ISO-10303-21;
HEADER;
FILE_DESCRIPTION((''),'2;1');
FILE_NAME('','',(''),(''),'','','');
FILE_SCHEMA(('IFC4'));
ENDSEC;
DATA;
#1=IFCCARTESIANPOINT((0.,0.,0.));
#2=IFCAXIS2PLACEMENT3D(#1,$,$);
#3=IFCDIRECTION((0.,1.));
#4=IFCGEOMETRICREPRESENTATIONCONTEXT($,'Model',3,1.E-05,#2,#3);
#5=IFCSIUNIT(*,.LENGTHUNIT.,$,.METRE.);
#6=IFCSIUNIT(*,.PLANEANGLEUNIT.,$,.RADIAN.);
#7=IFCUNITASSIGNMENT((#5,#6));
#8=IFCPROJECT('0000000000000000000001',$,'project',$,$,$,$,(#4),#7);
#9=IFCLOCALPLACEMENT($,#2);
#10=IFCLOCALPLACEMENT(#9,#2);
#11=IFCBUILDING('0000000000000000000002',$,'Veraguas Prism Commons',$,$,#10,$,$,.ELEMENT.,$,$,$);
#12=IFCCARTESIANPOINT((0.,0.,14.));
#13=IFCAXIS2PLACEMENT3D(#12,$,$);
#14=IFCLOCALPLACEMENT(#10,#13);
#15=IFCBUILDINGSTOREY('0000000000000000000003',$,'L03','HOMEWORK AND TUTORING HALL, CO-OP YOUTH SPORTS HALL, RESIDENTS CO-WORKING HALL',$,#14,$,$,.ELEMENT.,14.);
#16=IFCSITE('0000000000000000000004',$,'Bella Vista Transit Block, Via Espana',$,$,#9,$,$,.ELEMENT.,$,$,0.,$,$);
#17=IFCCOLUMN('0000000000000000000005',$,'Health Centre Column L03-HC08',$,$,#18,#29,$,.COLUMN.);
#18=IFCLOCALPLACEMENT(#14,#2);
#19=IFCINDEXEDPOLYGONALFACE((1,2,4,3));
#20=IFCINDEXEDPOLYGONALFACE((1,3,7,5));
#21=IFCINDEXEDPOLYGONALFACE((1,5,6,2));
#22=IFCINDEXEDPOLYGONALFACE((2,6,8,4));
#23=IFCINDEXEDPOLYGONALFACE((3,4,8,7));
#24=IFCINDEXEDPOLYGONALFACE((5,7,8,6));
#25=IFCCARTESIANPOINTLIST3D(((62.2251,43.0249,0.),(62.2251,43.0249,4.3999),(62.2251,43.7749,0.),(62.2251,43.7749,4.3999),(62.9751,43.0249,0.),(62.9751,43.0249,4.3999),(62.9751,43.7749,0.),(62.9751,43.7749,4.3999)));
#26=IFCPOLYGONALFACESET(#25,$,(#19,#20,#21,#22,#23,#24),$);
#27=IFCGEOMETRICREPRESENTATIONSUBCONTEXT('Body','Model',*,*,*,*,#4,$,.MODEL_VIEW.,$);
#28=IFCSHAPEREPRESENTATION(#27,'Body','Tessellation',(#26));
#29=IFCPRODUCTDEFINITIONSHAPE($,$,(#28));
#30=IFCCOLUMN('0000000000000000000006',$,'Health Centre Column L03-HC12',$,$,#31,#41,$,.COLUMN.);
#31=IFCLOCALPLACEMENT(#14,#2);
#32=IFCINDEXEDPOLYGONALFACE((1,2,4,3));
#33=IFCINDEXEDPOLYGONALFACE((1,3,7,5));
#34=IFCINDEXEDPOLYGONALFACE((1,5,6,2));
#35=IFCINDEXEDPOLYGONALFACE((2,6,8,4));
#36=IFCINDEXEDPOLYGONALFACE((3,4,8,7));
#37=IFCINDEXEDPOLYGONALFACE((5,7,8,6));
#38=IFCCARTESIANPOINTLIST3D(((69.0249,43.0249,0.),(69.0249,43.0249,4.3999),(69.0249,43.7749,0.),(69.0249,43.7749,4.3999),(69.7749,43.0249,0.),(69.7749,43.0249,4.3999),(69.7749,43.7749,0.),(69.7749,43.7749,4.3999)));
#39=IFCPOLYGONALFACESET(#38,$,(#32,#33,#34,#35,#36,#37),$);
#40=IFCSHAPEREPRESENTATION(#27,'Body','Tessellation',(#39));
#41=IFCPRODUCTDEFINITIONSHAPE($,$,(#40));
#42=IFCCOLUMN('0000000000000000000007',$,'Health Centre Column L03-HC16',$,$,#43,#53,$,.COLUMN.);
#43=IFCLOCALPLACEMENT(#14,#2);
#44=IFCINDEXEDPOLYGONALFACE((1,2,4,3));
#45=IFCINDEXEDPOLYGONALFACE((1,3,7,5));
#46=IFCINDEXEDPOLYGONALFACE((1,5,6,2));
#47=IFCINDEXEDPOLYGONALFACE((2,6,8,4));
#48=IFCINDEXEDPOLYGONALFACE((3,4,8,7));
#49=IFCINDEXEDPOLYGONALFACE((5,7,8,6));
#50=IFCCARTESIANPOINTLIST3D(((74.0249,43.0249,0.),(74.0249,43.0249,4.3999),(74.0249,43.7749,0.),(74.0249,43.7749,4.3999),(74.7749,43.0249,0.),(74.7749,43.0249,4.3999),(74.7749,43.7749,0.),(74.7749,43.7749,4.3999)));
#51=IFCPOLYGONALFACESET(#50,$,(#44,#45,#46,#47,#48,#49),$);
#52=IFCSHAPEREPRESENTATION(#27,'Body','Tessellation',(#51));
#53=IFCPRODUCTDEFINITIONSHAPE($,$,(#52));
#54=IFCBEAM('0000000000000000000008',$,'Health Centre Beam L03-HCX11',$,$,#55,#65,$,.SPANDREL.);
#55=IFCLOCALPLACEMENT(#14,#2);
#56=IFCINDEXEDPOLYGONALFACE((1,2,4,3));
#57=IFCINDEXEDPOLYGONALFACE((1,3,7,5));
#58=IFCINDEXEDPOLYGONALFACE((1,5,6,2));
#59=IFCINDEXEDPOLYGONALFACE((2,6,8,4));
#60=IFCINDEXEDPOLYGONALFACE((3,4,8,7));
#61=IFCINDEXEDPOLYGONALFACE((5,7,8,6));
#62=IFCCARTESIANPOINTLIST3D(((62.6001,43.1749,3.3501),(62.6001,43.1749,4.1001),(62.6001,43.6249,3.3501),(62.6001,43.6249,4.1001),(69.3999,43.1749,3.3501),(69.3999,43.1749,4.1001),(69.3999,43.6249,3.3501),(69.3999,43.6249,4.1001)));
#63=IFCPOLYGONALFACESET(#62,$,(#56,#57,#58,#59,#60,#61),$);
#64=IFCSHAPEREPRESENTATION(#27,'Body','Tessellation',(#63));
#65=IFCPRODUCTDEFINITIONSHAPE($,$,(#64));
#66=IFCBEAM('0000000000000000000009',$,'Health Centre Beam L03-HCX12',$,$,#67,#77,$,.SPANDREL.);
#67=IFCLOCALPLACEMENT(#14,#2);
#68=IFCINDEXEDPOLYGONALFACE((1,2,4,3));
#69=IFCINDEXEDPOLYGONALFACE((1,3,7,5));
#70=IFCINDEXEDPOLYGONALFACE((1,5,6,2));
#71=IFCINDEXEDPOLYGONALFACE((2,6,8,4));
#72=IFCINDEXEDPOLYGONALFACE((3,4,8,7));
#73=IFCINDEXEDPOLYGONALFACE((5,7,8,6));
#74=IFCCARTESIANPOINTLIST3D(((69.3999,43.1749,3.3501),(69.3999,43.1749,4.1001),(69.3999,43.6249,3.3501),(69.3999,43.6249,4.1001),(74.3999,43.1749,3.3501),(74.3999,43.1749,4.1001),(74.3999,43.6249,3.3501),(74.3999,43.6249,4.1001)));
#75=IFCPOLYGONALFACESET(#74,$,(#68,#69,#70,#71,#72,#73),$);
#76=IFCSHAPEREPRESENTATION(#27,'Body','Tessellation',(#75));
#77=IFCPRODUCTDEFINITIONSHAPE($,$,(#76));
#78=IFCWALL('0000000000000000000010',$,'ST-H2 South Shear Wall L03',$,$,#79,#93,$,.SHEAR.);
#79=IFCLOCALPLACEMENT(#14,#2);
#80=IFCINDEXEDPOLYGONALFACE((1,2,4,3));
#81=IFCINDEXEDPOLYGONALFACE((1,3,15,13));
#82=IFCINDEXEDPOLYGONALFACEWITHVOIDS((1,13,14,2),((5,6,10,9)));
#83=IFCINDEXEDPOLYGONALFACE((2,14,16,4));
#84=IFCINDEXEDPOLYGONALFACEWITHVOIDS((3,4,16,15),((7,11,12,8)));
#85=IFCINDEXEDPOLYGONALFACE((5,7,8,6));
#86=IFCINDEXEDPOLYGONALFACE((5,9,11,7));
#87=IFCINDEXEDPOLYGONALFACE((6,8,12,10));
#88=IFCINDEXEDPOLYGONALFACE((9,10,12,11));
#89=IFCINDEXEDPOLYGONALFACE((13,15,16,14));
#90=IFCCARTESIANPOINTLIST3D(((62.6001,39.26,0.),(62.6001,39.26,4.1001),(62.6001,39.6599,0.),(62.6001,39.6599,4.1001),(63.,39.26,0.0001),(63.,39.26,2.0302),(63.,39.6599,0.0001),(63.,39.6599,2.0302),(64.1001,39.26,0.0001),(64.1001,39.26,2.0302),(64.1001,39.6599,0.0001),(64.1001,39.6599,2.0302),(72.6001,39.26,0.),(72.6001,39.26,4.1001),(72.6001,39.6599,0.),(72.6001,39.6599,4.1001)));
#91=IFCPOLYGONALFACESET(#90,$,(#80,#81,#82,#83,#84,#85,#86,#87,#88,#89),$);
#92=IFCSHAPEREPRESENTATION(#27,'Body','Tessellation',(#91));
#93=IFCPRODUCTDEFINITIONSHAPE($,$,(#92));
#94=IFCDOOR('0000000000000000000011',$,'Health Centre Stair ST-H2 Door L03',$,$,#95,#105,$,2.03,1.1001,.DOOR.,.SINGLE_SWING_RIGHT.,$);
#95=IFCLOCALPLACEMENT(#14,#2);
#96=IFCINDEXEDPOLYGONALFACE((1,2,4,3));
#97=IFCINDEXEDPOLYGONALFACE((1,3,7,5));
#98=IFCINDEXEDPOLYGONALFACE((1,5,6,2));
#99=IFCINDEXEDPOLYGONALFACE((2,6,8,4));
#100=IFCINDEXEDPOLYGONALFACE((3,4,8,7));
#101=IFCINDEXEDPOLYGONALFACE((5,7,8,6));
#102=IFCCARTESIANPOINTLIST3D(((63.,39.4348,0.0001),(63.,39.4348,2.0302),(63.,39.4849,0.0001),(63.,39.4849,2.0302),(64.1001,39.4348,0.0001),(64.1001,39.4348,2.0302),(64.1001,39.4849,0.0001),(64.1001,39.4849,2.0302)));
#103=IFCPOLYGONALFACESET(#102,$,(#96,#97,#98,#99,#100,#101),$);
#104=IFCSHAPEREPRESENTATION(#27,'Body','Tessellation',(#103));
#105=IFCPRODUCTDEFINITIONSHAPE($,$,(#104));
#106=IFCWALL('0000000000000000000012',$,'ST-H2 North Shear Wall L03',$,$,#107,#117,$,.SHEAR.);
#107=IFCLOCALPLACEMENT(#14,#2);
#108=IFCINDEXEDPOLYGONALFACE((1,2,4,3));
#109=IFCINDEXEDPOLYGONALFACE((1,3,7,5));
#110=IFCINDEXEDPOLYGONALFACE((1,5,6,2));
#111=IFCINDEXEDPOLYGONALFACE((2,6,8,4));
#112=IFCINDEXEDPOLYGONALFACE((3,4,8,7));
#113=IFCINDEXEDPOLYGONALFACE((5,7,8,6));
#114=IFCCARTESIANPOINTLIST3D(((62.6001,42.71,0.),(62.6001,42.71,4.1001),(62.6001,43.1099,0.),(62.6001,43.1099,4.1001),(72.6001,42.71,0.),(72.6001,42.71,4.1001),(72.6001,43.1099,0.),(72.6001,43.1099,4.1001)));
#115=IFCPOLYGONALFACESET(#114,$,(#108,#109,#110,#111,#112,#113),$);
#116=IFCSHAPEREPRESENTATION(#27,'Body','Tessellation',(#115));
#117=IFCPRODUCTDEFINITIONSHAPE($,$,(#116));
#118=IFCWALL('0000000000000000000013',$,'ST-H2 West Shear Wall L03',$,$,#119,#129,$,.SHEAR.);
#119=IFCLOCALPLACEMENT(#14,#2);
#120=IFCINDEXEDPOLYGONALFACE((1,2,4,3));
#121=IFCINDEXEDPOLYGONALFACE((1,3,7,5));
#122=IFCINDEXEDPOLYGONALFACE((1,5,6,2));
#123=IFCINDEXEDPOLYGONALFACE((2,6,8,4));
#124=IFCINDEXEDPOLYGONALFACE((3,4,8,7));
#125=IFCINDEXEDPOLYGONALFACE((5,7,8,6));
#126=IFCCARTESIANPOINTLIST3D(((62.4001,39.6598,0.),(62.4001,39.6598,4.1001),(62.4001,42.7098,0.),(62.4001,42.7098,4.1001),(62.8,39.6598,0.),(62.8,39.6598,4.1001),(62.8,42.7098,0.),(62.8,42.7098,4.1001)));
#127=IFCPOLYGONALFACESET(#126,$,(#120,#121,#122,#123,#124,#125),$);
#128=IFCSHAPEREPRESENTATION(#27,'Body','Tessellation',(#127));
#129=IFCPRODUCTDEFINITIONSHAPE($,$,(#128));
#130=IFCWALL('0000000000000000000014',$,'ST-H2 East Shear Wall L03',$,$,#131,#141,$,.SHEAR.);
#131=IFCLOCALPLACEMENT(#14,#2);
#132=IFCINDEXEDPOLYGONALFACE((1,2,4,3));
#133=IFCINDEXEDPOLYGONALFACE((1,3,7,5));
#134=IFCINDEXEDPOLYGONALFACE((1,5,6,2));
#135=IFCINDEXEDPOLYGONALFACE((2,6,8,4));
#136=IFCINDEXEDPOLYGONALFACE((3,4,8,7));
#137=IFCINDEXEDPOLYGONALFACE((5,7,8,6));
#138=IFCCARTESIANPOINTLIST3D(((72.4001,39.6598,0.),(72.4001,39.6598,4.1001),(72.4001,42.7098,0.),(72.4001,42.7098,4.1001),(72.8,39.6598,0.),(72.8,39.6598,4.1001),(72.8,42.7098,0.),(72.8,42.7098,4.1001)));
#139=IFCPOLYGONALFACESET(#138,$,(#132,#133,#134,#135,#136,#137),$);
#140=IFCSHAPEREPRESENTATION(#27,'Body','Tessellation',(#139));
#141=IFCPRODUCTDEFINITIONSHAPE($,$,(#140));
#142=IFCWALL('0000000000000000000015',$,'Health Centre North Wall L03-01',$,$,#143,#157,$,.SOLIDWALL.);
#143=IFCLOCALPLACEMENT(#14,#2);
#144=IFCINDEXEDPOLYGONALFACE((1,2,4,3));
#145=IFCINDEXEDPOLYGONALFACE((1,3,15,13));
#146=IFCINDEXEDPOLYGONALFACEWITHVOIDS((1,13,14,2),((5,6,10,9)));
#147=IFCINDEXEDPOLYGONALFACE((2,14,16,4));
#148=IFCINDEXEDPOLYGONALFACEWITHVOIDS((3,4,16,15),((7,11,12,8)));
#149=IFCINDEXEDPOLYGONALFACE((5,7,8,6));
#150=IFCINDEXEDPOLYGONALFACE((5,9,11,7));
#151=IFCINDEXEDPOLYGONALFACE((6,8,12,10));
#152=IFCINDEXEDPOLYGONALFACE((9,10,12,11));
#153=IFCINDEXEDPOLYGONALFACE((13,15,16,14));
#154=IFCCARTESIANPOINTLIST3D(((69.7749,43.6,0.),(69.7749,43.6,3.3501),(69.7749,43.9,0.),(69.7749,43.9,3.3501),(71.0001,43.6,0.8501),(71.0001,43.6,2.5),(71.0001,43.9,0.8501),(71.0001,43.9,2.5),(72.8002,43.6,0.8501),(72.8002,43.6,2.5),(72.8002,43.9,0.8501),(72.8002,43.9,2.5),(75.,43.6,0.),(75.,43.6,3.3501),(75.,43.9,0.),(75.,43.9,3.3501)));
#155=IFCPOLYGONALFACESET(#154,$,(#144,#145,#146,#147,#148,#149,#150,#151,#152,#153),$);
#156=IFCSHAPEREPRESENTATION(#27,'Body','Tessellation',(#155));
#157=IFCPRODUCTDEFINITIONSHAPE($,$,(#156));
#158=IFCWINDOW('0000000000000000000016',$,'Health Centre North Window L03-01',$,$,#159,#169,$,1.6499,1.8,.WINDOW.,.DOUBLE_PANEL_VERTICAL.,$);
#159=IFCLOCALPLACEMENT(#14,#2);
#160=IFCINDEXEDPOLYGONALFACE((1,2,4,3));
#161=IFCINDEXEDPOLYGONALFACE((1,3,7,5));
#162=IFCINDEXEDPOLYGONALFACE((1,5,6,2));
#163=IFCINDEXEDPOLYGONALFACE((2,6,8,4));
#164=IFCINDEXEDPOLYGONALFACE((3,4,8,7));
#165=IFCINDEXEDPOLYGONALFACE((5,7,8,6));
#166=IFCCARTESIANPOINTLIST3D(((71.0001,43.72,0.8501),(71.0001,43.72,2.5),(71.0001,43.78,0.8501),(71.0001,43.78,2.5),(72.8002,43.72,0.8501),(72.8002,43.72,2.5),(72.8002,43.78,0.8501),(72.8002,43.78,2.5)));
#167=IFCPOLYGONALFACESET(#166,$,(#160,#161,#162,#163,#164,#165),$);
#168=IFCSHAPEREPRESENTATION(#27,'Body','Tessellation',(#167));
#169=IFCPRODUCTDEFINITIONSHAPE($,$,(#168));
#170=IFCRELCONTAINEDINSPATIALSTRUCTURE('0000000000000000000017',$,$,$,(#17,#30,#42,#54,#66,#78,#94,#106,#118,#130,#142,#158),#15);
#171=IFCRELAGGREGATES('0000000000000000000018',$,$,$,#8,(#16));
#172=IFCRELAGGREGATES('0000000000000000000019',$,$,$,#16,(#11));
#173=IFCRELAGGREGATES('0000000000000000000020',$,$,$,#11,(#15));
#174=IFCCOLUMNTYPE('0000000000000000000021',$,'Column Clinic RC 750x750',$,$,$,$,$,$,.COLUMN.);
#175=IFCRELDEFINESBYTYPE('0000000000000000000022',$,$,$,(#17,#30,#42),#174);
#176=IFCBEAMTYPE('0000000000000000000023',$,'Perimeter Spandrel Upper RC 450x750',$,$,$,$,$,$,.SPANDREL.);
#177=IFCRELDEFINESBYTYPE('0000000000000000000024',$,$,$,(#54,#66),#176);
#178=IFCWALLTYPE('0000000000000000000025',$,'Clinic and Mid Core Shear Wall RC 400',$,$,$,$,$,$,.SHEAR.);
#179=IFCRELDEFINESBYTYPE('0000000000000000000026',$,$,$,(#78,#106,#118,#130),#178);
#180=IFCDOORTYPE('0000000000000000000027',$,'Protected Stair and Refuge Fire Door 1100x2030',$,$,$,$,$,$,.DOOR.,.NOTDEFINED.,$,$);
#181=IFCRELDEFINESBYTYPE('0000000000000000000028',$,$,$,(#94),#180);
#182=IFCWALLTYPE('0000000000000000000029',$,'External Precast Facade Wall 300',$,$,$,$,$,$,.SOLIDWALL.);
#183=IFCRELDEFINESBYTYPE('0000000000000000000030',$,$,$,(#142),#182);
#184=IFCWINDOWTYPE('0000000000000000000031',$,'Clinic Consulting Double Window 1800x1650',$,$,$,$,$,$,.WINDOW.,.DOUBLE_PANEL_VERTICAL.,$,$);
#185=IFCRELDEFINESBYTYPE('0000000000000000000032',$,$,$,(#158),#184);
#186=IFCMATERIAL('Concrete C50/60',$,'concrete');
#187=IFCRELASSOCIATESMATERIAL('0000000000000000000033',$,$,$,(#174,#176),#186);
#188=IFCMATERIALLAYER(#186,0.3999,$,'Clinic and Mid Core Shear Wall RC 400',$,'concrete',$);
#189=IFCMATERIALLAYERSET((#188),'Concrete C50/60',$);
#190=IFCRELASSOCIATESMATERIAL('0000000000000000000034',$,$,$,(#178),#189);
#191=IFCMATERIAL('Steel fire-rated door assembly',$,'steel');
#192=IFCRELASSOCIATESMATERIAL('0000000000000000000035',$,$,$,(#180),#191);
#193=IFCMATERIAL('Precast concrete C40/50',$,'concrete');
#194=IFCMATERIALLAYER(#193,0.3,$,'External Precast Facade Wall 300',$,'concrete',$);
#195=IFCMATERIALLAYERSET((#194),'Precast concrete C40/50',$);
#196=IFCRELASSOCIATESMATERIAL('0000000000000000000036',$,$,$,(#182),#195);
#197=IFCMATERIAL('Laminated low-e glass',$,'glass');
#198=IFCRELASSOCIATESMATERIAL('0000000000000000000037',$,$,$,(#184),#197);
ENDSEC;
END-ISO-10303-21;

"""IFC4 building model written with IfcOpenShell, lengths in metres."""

from ifc_helpers import new_model, si_unit, direction, frame, frame_2d, origin, origin_2d, place, context, subcontext, project, spatial, rectangle, extrude, source, transform, mapped, material, layer, layer_set, material_profile, profile_set, type_object, element, fill, save


model = new_model("IFC4")

# Units and contexts
model_context = context("Model", 3, precision=1e-05, world=origin(), true_north=direction((0.0, 1.0)))
body_context = subcontext(model_context, "Body", "Model", "MODEL_VIEW")
ifc_project = project(units=[si_unit("LENGTHUNIT", "METRE"), si_unit("PLANEANGLEUNIT", "RADIAN")], contexts=[model_context])

# Site, building, storey
site_placement = place(None, origin())
site = spatial("IfcSite", under=ifc_project, at=site_placement, Name="Bella Vista Transit Block, Via Espana", CompositionType="ELEMENT", RefElevation=0.0)
building_placement = place(site_placement, origin())
building = spatial("IfcBuilding", under=site, at=building_placement, Name="Veraguas Prism Commons", CompositionType="ELEMENT")
storey_placement = place(building_placement, frame((0.0, 0.0, 14.0)))
storey = spatial("IfcBuildingStorey", under=building, at=storey_placement, Name="L03", Description="HOMEWORK AND TUTORING HALL, CO-OP YOUTH SPORTS HALL, RESIDENTS CO-WORKING HALL", CompositionType="ELEMENT", Elevation=14.0)

# Columns
ifc_material_1 = material(Name="Concrete C50/60", Category="concrete")
ifc_material_profile_1 = material_profile(ifc_material_1, rectangle(XDim=0.75, YDim=0.75, at=origin_2d()), Name="RC750X750")
ifc_profile_set_1 = profile_set([ifc_material_profile_1], Name="Concrete C50/60")
column_type = type_object("IfcColumnType", Name="Column Clinic RC 750x750", PredefinedType="COLUMN", material=ifc_profile_set_1)
for number, where, z_axis, x_axis, name in (
    (1, (62.6001, 43.3999, 0.0), (0.0, 0.0, 1.0), (1.0, 0.0, 0.0), "Health Centre Column L03-HC08"),
    (2, (69.3999, 43.3999, 0.0), (0.0, 0.0, 1.0), (1.0, 0.0, 0.0), "Health Centre Column L03-HC12"),
    (3, (74.3999, 43.3999, 0.0), (0.0, 0.0, 1.0), (1.0, 0.0, 0.0), "Health Centre Column L03-HC16"),
):
    element("IfcColumn", number, at=place(storey_placement, frame(where, z_axis=z_axis, x_axis=x_axis)), inside=storey, type_object=column_type, Name=name, PredefinedType="COLUMN", context=body_context, shape_type="SweptSolid", body=[
        extrude(rectangle(XDim=0.75, YDim=0.75, at=origin_2d()), origin(), (0.0, 0.0, 1.0), 4.3999),
    ])

# Beams
ifc_material_profile_2 = material_profile(ifc_material_1, rectangle(XDim=0.45, YDim=0.75, at=origin_2d()), Name="RC450X750")
ifc_profile_set_2 = profile_set([ifc_material_profile_2], Name="Concrete C50/60")
beam_type = type_object("IfcBeamType", Name="Perimeter Spandrel Upper RC 450x750", PredefinedType="SPANDREL", material=ifc_profile_set_2)
beam_1_placement = place(storey_placement, frame((62.6001, 43.3999, 3.7251), z_axis=(1.0, 0.0, 0.0), x_axis=(0.0, 1.0, 0.0)))
element("IfcBeam", 4, at=beam_1_placement, inside=storey, type_object=beam_type, Name="Health Centre Beam L03-HCX11", PredefinedType="SPANDREL", context=body_context, shape_type="SweptSolid", body=[
    extrude(rectangle(XDim=0.45, YDim=0.75, at=origin_2d()), origin(), (0.0, 0.0, 1.0), 6.7998),
])
beam_2_placement = place(storey_placement, frame((69.3999, 43.3999, 3.7251), z_axis=(1.0, 0.0, 0.0), x_axis=(0.0, 1.0, 0.0)))
element("IfcBeam", 5, at=beam_2_placement, inside=storey, type_object=beam_type, Name="Health Centre Beam L03-HCX12", PredefinedType="SPANDREL", context=body_context, shape_type="SweptSolid", body=[
    extrude(rectangle(XDim=0.45, YDim=0.75, at=origin_2d()), origin(), (0.0, 0.0, 1.0), 5.0),
])

# Wall, opening, door
ifc_layer_1 = layer(ifc_material_1, 0.3999, Name="Clinic and Mid Core Shear Wall RC 400", Category="concrete")
ifc_layer_set_1 = layer_set([ifc_layer_1], Name="Concrete C50/60")
wall_type_1 = type_object("IfcWallType", Name="Clinic and Mid Core Shear Wall RC 400", PredefinedType="SHEAR", material=ifc_layer_set_1)
wall_1_placement = place(storey_placement, frame((62.6001, 39.46, 0.0), z_axis=(0.0, 0.0, 1.0), x_axis=(1.0, 0.0, 0.0)))
wall_1 = element("IfcWall", 6, at=wall_1_placement, inside=storey, type_object=wall_type_1, Name="ST-H2 South Shear Wall L03", PredefinedType="SHEAR", context=body_context, shape_type="SweptSolid", body=[
    extrude(rectangle(XDim=10.0, YDim=0.3999, at=frame_2d((5.0, 0.0))), origin(), (0.0, 0.0, 1.0), 4.1001),
])
opening_1_placement = place(wall_1_placement, frame((0.3999, 0.0, 0.0)))
opening_1 = element("IfcOpeningElement", 7, at=opening_1_placement, cuts=wall_1, PredefinedType="OPENING", context=body_context, shape_type="SweptSolid", body=[
    extrude(rectangle(XDim=1.1001, YDim=2.03, at=frame_2d((0.55, 1.0151))), frame((0.0, 0.21, 0.0), z_axis=(0.0, -1.0, 0.0), x_axis=(1.0, 0.0, 0.0)), (0.0, 0.0, 1.0), 0.4199),
])
ifc_material_2 = material(Name="Steel fire-rated door assembly", Category="steel")
door_type = type_object("IfcDoorType", Name="Protected Stair and Refuge Fire Door 1100x2030", OperationType="NOTDEFINED", PredefinedType="DOOR", material=ifc_material_2)
shared_shape_1 = source(origin(), body_context, "Body", "SweptSolid", [
    extrude(rectangle(XDim=1.1001, YDim=2.03, at=frame_2d((0.55, 1.0151))), frame((0.0, 0.0249, 0.0), z_axis=(0.0, -1.0, 0.0), x_axis=(1.0, 0.0, 0.0)), (0.0, 0.0, 1.0), 0.05),
])
door_placement = place(opening_1_placement, origin())
door = element("IfcDoor", 8, at=door_placement, inside=storey, type_object=door_type, Name="Health Centre Stair ST-H2 Door L03", OperationType="SINGLE_SWING_RIGHT", OverallHeight=2.03, OverallWidth=1.1001, PredefinedType="DOOR", context=body_context, shape_type="MappedRepresentation", body=[
    mapped(shared_shape_1, transform((0.0, 0.0, 0.0), scale=1.0)),
])
fill(opening_1, door)

# Walls
wall_2_placement = place(storey_placement, frame((62.6001, 42.9099, 0.0), z_axis=(0.0, 0.0, 1.0), x_axis=(1.0, 0.0, 0.0)))
element("IfcWall", 9, at=wall_2_placement, inside=storey, type_object=wall_type_1, Name="ST-H2 North Shear Wall L03", PredefinedType="SHEAR", context=body_context, shape_type="SweptSolid", body=[
    extrude(rectangle(XDim=10.0, YDim=0.3999, at=frame_2d((5.0, 0.0))), origin(), (0.0, 0.0, 1.0), 4.1001),
])
for number, where, z_axis, x_axis, name in (
    (10, (62.6001, 39.6599, 0.0), (0.0, 0.0, 1.0), (0.0, 1.0, 0.0), "ST-H2 West Shear Wall L03"),
    (11, (72.6001, 39.6599, 0.0), (0.0, 0.0, 1.0), (0.0, 1.0, 0.0), "ST-H2 East Shear Wall L03"),
):
    element("IfcWall", number, at=place(storey_placement, frame(where, z_axis=z_axis, x_axis=x_axis)), inside=storey, type_object=wall_type_1, Name=name, PredefinedType="SHEAR", context=body_context, shape_type="SweptSolid", body=[
        extrude(rectangle(XDim=3.05, YDim=0.3999, at=frame_2d((1.5249, 0.0))), origin(), (0.0, 0.0, 1.0), 4.1001),
    ])

# Wall, opening, window
ifc_material_3 = material(Name="Precast concrete C40/50", Category="concrete")
ifc_layer_2 = layer(ifc_material_3, 0.3, Name="External Precast Facade Wall 300", Category="concrete")
ifc_layer_set_2 = layer_set([ifc_layer_2], Name="Precast concrete C40/50")
wall_type_2 = type_object("IfcWallType", Name="External Precast Facade Wall 300", PredefinedType="SOLIDWALL", material=ifc_layer_set_2)
wall_3_placement = place(storey_placement, frame((75.0, 43.75, 0.0), z_axis=(0.0, 0.0, 1.0), x_axis=(-1.0, 0.0, 0.0)))
wall_3 = element("IfcWall", 12, at=wall_3_placement, inside=storey, type_object=wall_type_2, Name="Health Centre North Wall L03-01", PredefinedType="SOLIDWALL", context=body_context, shape_type="SweptSolid", body=[
    extrude(rectangle(XDim=5.2251, YDim=0.3, at=frame_2d((2.6125, 0.0))), origin(), (0.0, 0.0, 1.0), 3.3501),
])
opening_2_placement = place(wall_3_placement, frame((2.2, 0.0, 0.8501)))
opening_2 = element("IfcOpeningElement", 13, at=opening_2_placement, cuts=wall_3, PredefinedType="OPENING", context=body_context, shape_type="SweptSolid", body=[
    extrude(rectangle(XDim=1.8, YDim=1.6499, at=frame_2d((0.8999, 0.825))), frame((0.0, 0.1599, 0.0), z_axis=(0.0, -1.0, 0.0), x_axis=(1.0, 0.0, 0.0)), (0.0, 0.0, 1.0), 0.3201),
])
ifc_material_4 = material(Name="Laminated low-e glass", Category="glass")
window_type = type_object("IfcWindowType", Name="Clinic Consulting Double Window 1800x1650", PartitioningType="DOUBLE_PANEL_VERTICAL", PredefinedType="WINDOW", material=ifc_material_4)
shared_shape_2 = source(origin(), body_context, "Body", "SweptSolid", [
    extrude(rectangle(XDim=1.8, YDim=1.6499, at=frame_2d((0.8999, 0.825))), frame((0.0, 0.03, 0.0), z_axis=(0.0, -1.0, 0.0), x_axis=(1.0, 0.0, 0.0)), (0.0, 0.0, 1.0), 0.0601),
])
window_1_placement = place(opening_2_placement, origin())
window_1 = element("IfcWindow", 14, at=window_1_placement, inside=storey, type_object=window_type, Name="Health Centre North Window L03-01", OverallHeight=1.6499, OverallWidth=1.8, PartitioningType="DOUBLE_PANEL_VERTICAL", PredefinedType="WINDOW", context=body_context, shape_type="MappedRepresentation", body=[
    mapped(shared_shape_2, transform((0.0, 0.0, 0.0), scale=1.0)),
])
fill(opening_2, window_1)

save(model, "model.ifc")
